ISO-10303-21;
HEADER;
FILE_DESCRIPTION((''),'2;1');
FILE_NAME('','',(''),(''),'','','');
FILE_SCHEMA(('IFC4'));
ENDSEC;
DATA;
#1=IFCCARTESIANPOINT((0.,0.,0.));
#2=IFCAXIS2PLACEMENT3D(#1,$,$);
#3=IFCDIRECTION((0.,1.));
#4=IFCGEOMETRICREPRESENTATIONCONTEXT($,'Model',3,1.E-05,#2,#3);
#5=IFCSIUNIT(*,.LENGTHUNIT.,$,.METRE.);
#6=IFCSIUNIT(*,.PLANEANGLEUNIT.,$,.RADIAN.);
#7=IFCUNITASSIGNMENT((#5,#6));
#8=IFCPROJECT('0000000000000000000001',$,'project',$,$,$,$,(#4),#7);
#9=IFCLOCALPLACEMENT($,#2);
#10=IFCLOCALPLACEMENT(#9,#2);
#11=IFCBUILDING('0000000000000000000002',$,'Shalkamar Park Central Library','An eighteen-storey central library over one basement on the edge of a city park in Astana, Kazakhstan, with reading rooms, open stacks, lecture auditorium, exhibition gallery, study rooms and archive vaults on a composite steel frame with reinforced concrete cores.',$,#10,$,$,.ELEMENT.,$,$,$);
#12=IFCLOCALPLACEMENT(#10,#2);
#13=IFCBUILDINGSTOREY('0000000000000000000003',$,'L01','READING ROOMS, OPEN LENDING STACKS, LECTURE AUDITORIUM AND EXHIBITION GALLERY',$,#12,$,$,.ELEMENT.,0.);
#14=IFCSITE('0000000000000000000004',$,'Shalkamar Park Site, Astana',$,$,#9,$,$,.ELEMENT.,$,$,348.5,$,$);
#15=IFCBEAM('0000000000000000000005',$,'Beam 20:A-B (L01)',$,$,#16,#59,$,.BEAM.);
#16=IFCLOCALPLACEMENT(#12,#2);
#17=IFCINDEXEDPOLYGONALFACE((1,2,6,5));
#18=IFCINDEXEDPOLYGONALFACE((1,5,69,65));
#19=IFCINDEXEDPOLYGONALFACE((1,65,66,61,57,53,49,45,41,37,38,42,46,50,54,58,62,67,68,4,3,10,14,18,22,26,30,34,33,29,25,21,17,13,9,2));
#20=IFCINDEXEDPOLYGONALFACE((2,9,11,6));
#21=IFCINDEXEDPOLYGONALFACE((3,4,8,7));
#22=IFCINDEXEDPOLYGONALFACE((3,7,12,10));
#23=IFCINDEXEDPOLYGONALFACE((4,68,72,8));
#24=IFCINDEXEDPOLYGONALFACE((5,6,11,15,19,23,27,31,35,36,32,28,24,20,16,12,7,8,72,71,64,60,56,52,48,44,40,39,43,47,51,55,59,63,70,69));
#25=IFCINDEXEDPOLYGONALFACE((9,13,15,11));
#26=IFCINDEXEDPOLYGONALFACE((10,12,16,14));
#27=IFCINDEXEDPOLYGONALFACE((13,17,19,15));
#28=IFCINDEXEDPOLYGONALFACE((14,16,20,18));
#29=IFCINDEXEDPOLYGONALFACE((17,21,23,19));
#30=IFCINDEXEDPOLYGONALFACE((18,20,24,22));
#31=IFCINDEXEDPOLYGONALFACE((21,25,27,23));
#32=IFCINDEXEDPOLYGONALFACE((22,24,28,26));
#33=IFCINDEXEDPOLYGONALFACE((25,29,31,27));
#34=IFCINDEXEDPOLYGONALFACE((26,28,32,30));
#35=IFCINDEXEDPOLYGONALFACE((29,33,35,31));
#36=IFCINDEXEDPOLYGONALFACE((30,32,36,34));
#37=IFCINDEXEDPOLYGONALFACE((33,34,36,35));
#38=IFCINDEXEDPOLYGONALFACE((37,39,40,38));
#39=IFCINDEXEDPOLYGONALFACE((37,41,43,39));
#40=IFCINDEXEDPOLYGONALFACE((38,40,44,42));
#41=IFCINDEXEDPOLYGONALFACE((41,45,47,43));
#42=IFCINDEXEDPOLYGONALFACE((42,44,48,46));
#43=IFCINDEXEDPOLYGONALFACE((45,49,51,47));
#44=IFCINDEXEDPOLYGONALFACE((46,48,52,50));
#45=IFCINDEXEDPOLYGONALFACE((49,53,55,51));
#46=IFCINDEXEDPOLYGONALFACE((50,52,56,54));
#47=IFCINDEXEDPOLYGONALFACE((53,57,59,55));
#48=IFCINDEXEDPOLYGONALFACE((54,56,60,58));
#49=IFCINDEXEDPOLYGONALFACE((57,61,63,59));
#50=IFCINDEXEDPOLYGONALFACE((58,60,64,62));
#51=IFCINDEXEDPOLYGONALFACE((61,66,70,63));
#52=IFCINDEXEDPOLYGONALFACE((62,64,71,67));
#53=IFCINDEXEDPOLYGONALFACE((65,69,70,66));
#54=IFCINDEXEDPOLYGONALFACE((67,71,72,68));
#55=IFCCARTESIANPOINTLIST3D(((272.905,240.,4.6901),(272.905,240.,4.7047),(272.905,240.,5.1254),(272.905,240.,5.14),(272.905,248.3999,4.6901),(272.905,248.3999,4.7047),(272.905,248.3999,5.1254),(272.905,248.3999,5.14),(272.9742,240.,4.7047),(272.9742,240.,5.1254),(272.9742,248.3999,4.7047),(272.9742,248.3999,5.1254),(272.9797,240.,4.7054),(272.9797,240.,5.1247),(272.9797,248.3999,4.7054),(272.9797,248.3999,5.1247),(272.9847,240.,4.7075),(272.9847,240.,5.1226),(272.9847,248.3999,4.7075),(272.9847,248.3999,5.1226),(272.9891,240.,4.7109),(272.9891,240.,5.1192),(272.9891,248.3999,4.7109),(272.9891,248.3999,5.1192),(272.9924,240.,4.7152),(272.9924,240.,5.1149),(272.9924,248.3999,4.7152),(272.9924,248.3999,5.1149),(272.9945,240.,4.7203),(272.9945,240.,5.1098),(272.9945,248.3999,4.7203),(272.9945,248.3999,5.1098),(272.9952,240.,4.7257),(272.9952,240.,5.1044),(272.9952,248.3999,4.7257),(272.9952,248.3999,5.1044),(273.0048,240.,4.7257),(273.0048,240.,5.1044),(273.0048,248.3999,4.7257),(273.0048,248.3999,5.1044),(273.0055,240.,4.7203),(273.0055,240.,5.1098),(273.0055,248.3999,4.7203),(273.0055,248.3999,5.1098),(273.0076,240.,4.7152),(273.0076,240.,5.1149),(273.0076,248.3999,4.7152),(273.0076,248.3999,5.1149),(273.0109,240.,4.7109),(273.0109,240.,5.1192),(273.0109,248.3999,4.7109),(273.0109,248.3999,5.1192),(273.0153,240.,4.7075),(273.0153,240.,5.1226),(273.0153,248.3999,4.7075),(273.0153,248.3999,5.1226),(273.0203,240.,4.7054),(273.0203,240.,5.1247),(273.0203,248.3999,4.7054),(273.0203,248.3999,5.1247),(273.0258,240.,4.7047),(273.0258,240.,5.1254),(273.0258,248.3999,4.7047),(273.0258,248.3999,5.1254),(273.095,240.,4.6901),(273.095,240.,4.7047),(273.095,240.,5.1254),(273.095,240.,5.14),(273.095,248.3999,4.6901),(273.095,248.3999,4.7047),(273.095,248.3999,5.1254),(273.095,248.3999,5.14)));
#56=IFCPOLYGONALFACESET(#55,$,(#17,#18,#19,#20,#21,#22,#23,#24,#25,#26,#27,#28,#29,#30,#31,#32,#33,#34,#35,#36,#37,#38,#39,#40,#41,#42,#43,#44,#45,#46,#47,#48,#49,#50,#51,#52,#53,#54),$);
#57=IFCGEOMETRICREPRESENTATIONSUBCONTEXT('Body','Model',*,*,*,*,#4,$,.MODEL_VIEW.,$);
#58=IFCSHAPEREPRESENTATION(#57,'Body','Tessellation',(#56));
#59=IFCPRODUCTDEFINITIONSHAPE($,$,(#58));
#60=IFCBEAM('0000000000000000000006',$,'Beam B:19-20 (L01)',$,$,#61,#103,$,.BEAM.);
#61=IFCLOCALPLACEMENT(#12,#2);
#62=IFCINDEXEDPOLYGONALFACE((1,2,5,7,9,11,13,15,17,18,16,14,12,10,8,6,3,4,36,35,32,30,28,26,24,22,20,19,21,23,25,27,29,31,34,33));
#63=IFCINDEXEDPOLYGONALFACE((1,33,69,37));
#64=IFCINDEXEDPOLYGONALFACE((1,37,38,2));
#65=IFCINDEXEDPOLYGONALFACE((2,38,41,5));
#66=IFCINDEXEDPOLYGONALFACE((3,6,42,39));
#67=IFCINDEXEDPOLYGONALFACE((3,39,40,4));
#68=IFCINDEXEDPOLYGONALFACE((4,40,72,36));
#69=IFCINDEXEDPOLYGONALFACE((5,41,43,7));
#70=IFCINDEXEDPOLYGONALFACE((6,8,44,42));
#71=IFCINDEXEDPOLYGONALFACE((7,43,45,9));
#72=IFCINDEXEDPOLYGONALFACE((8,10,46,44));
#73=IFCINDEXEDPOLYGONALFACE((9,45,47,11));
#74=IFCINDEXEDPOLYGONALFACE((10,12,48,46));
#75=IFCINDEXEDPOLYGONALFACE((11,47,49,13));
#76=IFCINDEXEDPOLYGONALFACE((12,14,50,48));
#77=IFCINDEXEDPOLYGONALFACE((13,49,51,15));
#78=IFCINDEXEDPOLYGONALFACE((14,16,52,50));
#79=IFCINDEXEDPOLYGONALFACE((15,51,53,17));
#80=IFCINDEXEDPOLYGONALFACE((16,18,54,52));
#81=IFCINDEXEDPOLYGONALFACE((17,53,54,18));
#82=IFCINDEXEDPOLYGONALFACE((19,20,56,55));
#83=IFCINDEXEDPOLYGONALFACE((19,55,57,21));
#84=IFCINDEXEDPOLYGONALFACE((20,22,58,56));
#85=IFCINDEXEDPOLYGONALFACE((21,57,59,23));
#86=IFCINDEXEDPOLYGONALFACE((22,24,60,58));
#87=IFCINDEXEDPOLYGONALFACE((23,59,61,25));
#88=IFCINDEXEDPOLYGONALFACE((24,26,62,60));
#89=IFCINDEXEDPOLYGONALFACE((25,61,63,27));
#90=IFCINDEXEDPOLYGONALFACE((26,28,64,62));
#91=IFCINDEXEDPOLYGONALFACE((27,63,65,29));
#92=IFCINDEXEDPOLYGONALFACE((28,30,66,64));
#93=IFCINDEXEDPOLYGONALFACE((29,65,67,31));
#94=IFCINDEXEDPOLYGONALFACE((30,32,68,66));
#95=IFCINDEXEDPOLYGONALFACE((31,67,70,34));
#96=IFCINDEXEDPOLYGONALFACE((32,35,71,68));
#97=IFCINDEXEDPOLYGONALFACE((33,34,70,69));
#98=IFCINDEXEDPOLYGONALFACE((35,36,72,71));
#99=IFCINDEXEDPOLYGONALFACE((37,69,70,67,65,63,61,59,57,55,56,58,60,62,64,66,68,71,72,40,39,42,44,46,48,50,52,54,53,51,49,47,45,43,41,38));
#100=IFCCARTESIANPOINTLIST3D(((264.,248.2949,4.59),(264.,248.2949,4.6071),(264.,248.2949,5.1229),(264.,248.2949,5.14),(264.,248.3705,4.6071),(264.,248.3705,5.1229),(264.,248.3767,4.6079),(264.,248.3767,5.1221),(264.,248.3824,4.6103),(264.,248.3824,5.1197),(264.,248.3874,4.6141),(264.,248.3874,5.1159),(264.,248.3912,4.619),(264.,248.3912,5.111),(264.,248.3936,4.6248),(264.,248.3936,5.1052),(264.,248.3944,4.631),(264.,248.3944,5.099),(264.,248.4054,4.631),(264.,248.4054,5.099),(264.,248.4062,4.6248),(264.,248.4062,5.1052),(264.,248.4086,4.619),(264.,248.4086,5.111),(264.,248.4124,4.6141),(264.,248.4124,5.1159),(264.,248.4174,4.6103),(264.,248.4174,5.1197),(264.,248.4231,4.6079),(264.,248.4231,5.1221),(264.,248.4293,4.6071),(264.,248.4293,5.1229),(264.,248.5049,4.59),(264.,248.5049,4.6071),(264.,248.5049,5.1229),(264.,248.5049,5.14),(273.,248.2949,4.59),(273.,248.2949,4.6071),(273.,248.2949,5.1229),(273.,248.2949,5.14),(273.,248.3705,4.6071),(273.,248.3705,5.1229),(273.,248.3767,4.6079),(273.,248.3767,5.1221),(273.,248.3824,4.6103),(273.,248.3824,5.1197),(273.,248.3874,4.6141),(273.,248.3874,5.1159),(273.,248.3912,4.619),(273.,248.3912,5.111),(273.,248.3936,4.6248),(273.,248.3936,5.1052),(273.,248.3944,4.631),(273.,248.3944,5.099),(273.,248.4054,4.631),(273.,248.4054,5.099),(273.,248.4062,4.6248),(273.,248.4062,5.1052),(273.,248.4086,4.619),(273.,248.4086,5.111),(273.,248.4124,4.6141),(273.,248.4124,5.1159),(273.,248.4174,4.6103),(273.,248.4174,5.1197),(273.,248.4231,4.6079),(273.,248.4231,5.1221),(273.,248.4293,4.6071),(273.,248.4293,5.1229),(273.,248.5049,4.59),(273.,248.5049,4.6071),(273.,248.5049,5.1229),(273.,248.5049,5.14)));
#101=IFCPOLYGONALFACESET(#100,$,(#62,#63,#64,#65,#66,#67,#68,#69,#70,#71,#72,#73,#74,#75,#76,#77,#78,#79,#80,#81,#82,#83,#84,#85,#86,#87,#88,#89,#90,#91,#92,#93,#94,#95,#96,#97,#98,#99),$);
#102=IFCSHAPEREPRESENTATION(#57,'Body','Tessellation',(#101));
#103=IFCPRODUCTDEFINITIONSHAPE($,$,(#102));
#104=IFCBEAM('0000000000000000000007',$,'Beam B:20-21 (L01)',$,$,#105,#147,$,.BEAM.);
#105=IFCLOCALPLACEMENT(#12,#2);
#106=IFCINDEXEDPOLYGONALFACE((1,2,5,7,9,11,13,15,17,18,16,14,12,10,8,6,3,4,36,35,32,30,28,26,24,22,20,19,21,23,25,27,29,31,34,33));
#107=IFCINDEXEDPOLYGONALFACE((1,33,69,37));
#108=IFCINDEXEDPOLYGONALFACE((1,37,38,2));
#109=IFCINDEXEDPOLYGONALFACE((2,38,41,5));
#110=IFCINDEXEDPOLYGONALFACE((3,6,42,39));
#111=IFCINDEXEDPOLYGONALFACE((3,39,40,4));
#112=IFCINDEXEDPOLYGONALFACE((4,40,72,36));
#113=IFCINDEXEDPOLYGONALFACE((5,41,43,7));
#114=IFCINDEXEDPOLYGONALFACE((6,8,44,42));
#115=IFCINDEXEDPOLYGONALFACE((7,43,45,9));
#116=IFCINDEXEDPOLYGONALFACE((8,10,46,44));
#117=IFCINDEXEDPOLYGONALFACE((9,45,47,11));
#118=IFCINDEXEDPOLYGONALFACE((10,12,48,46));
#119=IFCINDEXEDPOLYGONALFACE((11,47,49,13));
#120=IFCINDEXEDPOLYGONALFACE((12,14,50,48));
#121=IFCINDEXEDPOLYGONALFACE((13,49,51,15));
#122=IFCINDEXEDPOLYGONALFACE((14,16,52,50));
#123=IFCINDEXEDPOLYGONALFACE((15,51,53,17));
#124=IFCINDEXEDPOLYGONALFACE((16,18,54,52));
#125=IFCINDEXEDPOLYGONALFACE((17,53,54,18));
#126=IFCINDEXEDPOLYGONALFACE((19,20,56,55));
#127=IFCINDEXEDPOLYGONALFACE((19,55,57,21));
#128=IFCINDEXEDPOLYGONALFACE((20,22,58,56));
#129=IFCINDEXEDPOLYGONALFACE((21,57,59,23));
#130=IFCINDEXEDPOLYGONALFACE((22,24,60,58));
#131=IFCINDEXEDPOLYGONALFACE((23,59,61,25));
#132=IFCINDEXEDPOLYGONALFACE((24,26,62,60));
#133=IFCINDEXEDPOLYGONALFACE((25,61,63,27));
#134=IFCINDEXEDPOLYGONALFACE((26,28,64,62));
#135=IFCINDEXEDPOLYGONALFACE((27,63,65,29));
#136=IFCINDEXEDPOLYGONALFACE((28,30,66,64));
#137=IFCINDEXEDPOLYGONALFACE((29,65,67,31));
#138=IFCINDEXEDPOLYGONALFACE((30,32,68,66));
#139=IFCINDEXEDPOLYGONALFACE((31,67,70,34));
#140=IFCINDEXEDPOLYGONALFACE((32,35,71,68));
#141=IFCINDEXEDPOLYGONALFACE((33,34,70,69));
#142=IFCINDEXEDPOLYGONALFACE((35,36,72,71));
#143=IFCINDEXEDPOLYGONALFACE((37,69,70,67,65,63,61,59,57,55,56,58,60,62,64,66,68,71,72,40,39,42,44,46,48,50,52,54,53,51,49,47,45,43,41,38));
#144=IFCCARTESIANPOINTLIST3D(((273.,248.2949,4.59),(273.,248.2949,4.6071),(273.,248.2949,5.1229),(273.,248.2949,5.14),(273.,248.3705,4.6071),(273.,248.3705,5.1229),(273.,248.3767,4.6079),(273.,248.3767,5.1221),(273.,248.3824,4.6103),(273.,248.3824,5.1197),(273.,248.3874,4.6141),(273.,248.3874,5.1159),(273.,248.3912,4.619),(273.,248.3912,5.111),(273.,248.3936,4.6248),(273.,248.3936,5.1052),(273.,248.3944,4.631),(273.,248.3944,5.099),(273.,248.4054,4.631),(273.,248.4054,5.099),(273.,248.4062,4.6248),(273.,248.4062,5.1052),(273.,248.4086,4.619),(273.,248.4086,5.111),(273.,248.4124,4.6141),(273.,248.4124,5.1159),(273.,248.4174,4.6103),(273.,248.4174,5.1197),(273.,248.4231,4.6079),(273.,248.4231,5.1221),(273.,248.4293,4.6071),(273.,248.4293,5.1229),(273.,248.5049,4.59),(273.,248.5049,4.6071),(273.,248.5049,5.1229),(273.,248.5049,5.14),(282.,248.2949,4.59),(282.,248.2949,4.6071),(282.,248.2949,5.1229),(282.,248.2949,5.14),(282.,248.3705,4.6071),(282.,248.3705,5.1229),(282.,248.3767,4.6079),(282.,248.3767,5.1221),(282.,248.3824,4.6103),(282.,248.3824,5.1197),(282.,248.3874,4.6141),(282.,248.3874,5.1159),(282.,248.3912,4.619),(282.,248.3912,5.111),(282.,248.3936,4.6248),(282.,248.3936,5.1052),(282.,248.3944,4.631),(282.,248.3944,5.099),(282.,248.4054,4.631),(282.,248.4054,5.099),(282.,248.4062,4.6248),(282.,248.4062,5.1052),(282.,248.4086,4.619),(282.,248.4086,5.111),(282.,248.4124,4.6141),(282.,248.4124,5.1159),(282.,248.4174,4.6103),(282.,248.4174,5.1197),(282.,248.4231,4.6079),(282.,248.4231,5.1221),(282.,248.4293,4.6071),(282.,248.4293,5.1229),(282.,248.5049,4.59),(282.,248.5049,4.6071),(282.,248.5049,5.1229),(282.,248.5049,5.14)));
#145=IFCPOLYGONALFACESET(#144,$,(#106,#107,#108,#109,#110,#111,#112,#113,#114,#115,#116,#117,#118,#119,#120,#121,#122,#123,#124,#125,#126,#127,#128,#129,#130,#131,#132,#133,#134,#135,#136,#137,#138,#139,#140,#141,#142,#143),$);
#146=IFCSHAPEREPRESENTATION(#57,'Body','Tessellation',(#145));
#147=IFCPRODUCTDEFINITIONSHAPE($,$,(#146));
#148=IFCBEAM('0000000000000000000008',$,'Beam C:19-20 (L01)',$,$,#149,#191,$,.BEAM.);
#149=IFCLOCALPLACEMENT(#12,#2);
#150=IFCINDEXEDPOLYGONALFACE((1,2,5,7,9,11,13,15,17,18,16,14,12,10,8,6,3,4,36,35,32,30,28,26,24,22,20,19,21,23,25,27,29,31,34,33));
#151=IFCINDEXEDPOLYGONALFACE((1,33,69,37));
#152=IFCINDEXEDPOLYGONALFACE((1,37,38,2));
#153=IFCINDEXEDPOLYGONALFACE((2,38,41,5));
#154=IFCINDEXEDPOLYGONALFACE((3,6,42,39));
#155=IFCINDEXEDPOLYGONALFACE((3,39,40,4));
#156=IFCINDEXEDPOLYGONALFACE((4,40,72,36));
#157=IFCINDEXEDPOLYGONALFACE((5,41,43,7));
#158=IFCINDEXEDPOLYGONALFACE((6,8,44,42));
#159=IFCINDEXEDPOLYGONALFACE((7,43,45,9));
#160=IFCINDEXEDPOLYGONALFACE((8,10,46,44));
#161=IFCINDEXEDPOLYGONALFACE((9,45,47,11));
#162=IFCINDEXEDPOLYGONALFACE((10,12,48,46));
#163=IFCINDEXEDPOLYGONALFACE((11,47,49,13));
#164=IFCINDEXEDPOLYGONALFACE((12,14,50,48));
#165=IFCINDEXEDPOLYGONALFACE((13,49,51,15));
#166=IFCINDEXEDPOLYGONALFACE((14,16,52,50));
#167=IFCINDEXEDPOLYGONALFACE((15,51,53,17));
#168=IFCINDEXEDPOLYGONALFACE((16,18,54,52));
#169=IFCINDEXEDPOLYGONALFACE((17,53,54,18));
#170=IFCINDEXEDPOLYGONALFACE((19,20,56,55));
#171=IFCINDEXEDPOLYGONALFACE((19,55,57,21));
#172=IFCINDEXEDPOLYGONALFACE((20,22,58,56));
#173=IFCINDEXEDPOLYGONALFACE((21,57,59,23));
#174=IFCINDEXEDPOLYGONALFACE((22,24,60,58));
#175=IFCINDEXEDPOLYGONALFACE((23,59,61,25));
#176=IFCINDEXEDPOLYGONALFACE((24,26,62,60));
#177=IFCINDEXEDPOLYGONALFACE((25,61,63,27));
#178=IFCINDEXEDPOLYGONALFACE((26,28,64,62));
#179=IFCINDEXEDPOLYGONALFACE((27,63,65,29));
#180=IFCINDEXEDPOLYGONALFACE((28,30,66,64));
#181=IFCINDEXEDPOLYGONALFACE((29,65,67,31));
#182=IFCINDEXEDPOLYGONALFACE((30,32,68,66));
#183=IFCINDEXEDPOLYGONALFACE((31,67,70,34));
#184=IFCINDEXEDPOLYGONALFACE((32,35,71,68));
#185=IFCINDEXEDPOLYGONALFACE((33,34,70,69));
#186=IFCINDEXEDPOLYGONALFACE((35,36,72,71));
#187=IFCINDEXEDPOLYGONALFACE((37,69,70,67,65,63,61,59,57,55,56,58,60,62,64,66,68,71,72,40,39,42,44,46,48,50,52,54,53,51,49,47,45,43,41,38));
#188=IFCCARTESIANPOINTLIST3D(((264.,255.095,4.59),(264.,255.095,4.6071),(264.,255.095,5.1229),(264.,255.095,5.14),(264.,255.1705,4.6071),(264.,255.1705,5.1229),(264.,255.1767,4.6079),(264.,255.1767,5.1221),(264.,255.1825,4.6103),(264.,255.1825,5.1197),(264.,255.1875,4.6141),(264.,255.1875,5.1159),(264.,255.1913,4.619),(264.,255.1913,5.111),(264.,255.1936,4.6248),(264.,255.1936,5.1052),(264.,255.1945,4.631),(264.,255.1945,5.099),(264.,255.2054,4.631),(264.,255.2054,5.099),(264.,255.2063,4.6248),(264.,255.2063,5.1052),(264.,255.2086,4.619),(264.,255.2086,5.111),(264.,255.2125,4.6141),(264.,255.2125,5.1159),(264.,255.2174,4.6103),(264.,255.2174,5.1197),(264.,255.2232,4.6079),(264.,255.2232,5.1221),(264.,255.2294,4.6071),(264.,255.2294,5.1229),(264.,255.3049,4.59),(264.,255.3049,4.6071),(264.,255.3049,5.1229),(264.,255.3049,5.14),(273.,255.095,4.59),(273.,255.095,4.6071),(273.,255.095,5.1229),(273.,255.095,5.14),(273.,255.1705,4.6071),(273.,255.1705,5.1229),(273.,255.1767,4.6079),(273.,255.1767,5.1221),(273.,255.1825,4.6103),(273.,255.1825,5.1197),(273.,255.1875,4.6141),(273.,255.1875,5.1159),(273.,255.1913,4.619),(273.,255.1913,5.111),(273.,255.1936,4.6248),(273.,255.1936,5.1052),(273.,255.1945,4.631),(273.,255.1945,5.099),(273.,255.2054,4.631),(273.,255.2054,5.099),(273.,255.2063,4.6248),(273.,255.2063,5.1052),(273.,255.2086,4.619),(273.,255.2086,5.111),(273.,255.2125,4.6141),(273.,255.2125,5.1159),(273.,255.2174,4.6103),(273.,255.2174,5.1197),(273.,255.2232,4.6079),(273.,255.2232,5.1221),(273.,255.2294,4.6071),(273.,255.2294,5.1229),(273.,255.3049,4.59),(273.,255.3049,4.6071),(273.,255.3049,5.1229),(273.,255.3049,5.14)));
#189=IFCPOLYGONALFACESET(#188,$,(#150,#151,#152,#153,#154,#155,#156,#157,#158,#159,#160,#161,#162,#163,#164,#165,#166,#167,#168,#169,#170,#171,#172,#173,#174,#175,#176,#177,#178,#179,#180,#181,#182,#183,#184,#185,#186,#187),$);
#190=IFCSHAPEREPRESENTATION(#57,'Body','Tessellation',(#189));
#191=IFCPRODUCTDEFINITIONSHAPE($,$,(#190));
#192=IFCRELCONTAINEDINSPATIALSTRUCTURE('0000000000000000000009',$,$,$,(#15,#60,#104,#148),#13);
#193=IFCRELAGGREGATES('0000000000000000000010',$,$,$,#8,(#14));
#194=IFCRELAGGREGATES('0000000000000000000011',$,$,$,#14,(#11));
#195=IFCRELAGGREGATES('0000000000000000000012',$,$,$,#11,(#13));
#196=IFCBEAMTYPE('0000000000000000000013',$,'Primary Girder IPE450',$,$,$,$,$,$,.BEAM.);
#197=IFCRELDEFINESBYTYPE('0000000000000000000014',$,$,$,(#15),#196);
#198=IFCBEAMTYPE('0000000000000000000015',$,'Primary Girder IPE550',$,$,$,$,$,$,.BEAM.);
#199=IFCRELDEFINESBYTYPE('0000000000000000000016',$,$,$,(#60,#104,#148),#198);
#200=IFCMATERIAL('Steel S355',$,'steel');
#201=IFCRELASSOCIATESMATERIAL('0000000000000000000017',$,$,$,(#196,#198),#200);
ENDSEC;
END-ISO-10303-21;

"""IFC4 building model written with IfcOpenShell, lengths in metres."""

from ifc_helpers import new_model, si_unit, direction, frame, origin, origin_2d, place, context, subcontext, project, spatial, i_section, extrude, material, material_profile, profile_set, type_object, element, save


model = new_model("IFC4")

# Units and contexts
model_context = context("Model", 3, precision=1e-05, world=origin(), true_north=direction((0.0, 1.0)))
body_context = subcontext(model_context, "Body", "Model", "MODEL_VIEW")
ifc_project = project(units=[si_unit("LENGTHUNIT", "METRE"), si_unit("PLANEANGLEUNIT", "RADIAN")], contexts=[model_context])

# Site, building, storey
site_placement = place(None, origin())
site = spatial("IfcSite", under=ifc_project, at=site_placement, Name="Shalkamar Park Site, Astana", CompositionType="ELEMENT", RefElevation=348.5)
building_placement = place(site_placement, origin())
building = spatial("IfcBuilding", under=site, at=building_placement, Name="Shalkamar Park Central Library", Description="An eighteen-storey central library over one basement on the edge of a city park in Astana, Kazakhstan, with reading rooms, open stacks, lecture auditorium, exhibition gallery, study rooms and archive vaults on a composite steel frame with reinforced concrete cores.", CompositionType="ELEMENT")
storey_placement = place(building_placement, origin())
storey = spatial("IfcBuildingStorey", under=building, at=storey_placement, Name="L01", Description="READING ROOMS, OPEN LENDING STACKS, LECTURE AUDITORIUM AND EXHIBITION GALLERY", CompositionType="ELEMENT", Elevation=0.0)

# Shared definitions
ifc_material_1 = material(Name="Steel S355", Category="steel")

# Beams
ifc_material_profile_1 = material_profile(ifc_material_1, i_section(OverallWidth=0.1899, OverallDepth=0.45, WebThickness=0.0095, FlangeThickness=0.0146, FilletRadius=0.021, at=origin_2d()), Name="IPE 450")
ifc_profile_set_1 = profile_set([ifc_material_profile_1], Name="Steel S355")
beam_type_1 = type_object("IfcBeamType", Name="Primary Girder IPE450", PredefinedType="BEAM", material=ifc_profile_set_1)
for number, where, z_axis, x_axis, name in (
    (1, (273.0, 240.0, 4.915), (0.0, 1.0, 0.0), (-1.0, 0.0, 0.0), "Beam 20:A-B (L01)"),
):
    element("IfcBeam", number, at=place(storey_placement, frame(where, z_axis=z_axis, x_axis=x_axis)), inside=storey, type_object=beam_type_1, Name=name, PredefinedType="BEAM", context=body_context, shape_type="SweptSolid", body=[
        extrude(i_section(OverallWidth=0.1899, OverallDepth=0.45, WebThickness=0.0095, FlangeThickness=0.0146, FilletRadius=0.021, at=origin_2d()), origin(), (0.0, 0.0, 1.0), 8.3999),
    ])
ifc_material_profile_2 = material_profile(ifc_material_1, i_section(OverallWidth=0.21, OverallDepth=0.55, WebThickness=0.011, FlangeThickness=0.0171, FilletRadius=0.0239, at=origin_2d()), Name="IPE 550")
ifc_profile_set_2 = profile_set([ifc_material_profile_2], Name="Steel S355")
beam_type_2 = type_object("IfcBeamType", Name="Primary Girder IPE550", PredefinedType="BEAM", material=ifc_profile_set_2)
for number, where, z_axis, x_axis, name in (
    (2, (264.0, 248.3999, 4.865), (1.0, 0.0, 0.0), (0.0, 1.0, 0.0), "Beam B:19-20 (L01)"),
    (3, (273.0, 248.3999, 4.865), (1.0, 0.0, 0.0), (0.0, 1.0, 0.0), "Beam B:20-21 (L01)"),
    (4, (264.0, 255.2, 4.865), (1.0, 0.0, 0.0), (0.0, 1.0, 0.0), "Beam C:19-20 (L01)"),
):
    element("IfcBeam", number, at=place(storey_placement, frame(where, z_axis=z_axis, x_axis=x_axis)), inside=storey, type_object=beam_type_2, Name=name, PredefinedType="BEAM", context=body_context, shape_type="SweptSolid", body=[
        extrude(i_section(OverallWidth=0.21, OverallDepth=0.55, WebThickness=0.011, FlangeThickness=0.0171, FilletRadius=0.0239, at=origin_2d()), origin(), (0.0, 0.0, 1.0), 9.0),
    ])

save(model, "model.ifc")
